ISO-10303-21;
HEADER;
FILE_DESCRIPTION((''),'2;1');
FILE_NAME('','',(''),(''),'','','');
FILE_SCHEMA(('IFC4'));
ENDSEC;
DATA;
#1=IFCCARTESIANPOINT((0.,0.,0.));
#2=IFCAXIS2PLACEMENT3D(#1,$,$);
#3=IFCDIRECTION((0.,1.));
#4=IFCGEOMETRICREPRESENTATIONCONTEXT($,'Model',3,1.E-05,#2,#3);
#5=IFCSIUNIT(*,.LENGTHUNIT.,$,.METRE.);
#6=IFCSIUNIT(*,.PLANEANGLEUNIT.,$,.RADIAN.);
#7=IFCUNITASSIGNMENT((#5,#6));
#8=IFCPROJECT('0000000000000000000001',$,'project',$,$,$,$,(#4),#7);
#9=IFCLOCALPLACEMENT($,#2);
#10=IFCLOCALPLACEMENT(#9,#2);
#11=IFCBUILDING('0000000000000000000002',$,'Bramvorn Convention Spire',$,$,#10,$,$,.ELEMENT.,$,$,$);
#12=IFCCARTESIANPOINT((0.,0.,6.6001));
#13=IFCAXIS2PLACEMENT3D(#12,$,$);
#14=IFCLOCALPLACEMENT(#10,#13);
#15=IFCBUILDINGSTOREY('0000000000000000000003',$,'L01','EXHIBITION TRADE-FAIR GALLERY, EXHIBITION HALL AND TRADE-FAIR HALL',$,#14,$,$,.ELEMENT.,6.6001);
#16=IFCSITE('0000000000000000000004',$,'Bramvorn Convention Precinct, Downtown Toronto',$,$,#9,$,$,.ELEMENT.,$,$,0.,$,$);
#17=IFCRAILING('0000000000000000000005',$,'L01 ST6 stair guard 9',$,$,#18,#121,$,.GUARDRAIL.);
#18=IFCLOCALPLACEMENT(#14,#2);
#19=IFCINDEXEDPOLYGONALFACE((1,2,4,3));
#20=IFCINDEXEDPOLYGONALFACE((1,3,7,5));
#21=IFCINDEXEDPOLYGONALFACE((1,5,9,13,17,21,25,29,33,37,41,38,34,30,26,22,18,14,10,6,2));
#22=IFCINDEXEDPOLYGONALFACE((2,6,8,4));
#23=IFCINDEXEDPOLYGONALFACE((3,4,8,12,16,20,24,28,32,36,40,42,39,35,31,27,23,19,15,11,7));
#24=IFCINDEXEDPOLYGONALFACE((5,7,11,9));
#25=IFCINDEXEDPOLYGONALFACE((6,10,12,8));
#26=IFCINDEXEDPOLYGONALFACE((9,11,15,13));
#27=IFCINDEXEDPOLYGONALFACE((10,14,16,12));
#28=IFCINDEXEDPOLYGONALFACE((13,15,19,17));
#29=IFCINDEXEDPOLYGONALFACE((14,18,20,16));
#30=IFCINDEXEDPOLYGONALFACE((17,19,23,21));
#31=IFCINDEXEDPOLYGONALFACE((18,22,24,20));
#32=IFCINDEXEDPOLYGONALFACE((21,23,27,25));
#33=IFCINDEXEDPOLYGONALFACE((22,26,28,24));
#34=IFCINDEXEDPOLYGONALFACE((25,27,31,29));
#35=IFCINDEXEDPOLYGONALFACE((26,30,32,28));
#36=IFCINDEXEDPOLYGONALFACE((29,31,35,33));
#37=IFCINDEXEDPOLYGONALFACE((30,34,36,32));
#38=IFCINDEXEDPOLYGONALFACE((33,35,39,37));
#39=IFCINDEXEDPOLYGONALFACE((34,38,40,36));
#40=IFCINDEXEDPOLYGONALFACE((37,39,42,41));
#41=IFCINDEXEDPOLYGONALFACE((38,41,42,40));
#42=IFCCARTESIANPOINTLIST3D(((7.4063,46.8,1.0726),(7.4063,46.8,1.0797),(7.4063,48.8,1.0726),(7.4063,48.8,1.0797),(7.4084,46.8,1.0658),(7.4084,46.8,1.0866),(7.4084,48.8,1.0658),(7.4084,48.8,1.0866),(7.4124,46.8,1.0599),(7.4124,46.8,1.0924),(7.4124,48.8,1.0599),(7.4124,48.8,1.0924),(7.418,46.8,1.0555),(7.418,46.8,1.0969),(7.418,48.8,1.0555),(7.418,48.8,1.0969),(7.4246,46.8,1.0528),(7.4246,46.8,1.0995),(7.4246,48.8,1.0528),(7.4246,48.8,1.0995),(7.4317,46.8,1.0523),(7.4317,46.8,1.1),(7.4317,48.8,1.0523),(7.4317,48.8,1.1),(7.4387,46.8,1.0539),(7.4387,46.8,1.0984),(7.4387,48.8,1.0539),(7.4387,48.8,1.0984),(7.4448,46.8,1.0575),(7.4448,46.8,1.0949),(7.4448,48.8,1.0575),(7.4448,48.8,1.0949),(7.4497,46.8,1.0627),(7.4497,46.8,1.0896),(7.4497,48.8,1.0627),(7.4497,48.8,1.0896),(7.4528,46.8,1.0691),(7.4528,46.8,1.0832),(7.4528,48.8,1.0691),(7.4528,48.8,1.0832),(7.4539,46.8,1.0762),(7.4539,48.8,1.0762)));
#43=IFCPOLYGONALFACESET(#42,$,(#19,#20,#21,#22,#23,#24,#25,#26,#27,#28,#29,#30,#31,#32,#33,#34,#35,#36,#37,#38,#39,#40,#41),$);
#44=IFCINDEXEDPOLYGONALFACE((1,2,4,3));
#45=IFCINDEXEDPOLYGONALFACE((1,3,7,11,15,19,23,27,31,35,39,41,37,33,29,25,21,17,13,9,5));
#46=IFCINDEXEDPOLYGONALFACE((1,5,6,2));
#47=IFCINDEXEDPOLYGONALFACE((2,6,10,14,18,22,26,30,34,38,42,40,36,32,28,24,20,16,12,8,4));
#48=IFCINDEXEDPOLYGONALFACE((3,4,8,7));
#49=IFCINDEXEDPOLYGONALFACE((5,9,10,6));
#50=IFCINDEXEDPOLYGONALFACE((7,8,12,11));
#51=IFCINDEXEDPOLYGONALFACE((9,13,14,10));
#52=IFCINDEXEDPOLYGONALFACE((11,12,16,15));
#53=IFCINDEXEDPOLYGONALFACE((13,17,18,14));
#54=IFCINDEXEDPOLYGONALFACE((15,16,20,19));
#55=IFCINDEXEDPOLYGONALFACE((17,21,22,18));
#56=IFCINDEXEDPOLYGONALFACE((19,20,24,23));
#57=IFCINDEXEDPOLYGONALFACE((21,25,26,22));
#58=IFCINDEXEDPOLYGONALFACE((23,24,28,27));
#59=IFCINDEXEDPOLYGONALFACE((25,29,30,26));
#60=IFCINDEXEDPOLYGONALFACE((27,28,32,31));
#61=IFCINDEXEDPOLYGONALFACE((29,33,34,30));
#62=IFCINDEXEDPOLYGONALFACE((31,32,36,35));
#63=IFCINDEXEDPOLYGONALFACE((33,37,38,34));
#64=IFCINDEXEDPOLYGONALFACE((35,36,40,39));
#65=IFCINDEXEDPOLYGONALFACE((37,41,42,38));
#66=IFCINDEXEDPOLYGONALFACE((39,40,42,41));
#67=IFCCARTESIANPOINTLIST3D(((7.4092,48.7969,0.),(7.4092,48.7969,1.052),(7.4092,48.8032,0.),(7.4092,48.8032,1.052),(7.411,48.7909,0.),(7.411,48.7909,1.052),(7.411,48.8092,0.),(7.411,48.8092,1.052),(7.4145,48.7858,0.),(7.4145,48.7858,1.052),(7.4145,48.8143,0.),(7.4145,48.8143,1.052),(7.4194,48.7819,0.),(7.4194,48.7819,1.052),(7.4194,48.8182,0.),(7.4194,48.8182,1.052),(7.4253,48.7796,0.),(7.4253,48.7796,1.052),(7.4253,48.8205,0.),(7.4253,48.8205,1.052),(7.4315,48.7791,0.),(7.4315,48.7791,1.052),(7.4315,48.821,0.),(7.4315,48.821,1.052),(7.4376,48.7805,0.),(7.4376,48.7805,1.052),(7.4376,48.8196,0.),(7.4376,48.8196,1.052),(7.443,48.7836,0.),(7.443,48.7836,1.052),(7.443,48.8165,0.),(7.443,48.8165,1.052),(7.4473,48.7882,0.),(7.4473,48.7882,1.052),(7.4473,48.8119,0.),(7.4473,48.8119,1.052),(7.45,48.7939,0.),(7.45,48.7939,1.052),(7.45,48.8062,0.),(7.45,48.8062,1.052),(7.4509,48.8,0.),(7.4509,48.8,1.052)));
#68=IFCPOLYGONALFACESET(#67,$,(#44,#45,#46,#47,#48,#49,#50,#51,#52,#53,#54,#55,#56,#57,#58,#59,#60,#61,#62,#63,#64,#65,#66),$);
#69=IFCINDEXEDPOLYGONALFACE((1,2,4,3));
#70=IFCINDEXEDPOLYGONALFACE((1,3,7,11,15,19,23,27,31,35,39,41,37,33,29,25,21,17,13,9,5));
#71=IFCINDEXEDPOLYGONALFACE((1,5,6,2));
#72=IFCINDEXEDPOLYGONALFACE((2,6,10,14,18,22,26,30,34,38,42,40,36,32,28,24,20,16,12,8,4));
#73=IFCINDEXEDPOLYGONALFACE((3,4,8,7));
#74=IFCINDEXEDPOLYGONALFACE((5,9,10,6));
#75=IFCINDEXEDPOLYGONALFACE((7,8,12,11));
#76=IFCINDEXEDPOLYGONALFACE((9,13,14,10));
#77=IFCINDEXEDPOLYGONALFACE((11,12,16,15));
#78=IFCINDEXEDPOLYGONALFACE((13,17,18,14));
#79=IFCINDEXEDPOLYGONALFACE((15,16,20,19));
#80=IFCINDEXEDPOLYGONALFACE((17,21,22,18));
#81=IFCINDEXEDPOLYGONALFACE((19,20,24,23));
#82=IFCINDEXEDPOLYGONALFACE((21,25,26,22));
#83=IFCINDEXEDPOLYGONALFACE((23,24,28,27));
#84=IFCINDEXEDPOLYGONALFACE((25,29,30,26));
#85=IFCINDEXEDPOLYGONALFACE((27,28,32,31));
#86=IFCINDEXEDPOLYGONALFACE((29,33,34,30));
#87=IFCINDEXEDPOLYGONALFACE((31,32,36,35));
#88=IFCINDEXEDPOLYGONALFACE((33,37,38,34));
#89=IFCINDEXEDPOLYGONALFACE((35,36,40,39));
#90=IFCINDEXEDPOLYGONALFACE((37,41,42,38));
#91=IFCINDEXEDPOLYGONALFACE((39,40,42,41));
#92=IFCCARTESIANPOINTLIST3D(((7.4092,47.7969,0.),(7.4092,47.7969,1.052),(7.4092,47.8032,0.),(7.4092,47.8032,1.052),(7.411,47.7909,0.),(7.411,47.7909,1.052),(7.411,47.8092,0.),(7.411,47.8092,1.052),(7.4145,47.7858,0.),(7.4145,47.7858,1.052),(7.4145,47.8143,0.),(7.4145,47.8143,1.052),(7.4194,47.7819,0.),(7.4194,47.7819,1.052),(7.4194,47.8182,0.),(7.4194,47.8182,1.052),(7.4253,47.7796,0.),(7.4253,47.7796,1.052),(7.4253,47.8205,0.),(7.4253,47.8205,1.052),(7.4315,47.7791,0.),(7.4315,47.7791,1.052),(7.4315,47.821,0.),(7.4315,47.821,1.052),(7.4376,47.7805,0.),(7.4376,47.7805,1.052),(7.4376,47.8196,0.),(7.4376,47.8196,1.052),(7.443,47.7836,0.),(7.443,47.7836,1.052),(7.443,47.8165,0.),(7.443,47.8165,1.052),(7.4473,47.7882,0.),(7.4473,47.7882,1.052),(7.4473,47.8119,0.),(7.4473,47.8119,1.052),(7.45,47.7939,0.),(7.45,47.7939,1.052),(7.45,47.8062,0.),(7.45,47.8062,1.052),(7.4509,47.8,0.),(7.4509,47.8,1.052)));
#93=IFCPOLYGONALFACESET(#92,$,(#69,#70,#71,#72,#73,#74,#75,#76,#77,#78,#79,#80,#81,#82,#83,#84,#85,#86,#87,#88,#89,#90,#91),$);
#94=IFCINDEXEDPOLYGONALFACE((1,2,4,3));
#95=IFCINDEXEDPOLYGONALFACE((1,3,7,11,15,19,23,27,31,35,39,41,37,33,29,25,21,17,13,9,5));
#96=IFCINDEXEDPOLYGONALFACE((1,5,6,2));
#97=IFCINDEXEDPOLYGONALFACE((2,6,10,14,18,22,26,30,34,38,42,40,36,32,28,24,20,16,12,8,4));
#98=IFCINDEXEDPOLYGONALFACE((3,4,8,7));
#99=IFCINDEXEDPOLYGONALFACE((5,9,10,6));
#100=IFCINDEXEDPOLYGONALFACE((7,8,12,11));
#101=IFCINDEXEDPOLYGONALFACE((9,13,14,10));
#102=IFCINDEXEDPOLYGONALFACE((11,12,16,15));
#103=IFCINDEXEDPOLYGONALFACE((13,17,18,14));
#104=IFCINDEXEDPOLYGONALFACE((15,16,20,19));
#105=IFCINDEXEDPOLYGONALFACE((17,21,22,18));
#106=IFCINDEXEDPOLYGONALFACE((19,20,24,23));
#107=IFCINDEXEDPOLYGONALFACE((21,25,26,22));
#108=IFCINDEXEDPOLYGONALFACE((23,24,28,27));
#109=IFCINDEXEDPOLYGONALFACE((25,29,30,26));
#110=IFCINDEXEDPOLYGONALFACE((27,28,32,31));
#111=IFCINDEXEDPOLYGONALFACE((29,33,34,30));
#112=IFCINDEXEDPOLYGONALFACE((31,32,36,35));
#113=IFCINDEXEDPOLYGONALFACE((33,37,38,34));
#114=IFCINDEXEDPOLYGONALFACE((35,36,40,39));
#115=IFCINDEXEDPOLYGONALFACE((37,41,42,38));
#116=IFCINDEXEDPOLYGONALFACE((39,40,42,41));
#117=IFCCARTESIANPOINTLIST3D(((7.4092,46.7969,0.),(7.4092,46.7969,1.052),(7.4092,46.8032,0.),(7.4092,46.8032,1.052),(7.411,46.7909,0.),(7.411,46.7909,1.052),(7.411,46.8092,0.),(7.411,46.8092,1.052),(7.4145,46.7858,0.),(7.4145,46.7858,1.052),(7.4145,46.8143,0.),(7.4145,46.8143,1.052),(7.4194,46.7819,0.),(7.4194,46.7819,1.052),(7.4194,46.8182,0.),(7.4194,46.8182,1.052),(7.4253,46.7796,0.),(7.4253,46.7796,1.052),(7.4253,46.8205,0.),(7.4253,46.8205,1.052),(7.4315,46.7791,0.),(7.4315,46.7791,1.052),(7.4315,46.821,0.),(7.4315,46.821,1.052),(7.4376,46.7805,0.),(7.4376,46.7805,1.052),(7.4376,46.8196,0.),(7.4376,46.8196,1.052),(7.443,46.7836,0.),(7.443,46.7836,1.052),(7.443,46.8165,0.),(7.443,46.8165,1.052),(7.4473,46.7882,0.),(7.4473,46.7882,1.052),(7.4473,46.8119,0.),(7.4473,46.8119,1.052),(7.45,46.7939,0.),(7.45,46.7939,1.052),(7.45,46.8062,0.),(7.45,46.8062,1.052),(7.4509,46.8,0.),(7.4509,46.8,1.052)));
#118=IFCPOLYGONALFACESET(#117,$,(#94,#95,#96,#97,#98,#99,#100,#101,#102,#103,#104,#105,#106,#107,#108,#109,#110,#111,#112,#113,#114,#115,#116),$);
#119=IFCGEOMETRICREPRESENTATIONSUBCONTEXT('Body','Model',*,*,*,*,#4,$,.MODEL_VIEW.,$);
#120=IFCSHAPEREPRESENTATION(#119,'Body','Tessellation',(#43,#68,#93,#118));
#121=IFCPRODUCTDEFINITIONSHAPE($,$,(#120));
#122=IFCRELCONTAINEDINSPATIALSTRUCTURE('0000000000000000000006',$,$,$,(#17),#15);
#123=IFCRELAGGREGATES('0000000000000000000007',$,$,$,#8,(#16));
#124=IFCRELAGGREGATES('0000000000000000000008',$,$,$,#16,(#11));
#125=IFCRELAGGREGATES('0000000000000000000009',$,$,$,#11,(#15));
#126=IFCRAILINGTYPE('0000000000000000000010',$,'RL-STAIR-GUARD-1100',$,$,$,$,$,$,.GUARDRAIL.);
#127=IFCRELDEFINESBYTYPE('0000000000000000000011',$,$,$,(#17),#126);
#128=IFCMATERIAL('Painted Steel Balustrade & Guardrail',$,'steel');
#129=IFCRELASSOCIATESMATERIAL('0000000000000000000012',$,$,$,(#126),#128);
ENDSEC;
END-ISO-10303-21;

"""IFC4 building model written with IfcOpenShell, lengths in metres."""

from ifc_helpers import new_model, si_unit, direction, frame, origin, origin_2d, place, context, subcontext, project, spatial, circle, extrude, material, type_object, element, save


model = new_model("IFC4")

# Units and contexts
model_context = context("Model", 3, precision=1e-05, world=origin(), true_north=direction((0.0, 1.0)))
body_context = subcontext(model_context, "Body", "Model", "MODEL_VIEW")
ifc_project = project(units=[si_unit("LENGTHUNIT", "METRE"), si_unit("PLANEANGLEUNIT", "RADIAN")], contexts=[model_context])

# Site, building, storey
site_placement = place(None, origin())
site = spatial("IfcSite", under=ifc_project, at=site_placement, Name="Bramvorn Convention Precinct, Downtown Toronto", CompositionType="ELEMENT", RefElevation=0.0)
building_placement = place(site_placement, origin())
building = spatial("IfcBuilding", under=site, at=building_placement, Name="Bramvorn Convention Spire", CompositionType="ELEMENT")
storey_placement = place(building_placement, frame((0.0, 0.0, 6.6001)))
storey = spatial("IfcBuildingStorey", under=building, at=storey_placement, Name="L01", Description="EXHIBITION TRADE-FAIR GALLERY, EXHIBITION HALL AND TRADE-FAIR HALL", CompositionType="ELEMENT", Elevation=6.6001)

# Railing
ifc_material_1 = material(Name="Painted Steel Balustrade & Guardrail", Category="steel")
railing_type_1 = type_object("IfcRailingType", Name="RL-STAIR-GUARD-1100", PredefinedType="GUARDRAIL", material=ifc_material_1)
for number, where, name in (
    (1, (7.4299, 48.8, 0.0), "L01 ST6 stair guard 9"),
):
    element("IfcRailing", number, at=place(storey_placement, frame(where)), inside=storey, type_object=railing_type_1, Name=name, PredefinedType="GUARDRAIL", context=body_context, shape_type="SweptSolid", body=[
        extrude(circle(Radius=0.0239, at=origin_2d()), frame((0.0, 0.0, 1.0762), z_axis=(0.0, -1.0, 0.0), x_axis=(1.0, 0.0, 0.0)), (0.0, 0.0, 1.0), 2.0),
        extrude(circle(Radius=0.021, at=origin_2d()), origin(), (0.0, 0.0, 1.0), 1.052),
        extrude(circle(Radius=0.021, at=origin_2d()), frame((0.0, -1.0, 0.0)), (0.0, 0.0, 1.0), 1.052),
        extrude(circle(Radius=0.021, at=origin_2d()), frame((0.0, -2.0, 0.0)), (0.0, 0.0, 1.0), 1.052),
    ])

save(model, "model.ifc")
